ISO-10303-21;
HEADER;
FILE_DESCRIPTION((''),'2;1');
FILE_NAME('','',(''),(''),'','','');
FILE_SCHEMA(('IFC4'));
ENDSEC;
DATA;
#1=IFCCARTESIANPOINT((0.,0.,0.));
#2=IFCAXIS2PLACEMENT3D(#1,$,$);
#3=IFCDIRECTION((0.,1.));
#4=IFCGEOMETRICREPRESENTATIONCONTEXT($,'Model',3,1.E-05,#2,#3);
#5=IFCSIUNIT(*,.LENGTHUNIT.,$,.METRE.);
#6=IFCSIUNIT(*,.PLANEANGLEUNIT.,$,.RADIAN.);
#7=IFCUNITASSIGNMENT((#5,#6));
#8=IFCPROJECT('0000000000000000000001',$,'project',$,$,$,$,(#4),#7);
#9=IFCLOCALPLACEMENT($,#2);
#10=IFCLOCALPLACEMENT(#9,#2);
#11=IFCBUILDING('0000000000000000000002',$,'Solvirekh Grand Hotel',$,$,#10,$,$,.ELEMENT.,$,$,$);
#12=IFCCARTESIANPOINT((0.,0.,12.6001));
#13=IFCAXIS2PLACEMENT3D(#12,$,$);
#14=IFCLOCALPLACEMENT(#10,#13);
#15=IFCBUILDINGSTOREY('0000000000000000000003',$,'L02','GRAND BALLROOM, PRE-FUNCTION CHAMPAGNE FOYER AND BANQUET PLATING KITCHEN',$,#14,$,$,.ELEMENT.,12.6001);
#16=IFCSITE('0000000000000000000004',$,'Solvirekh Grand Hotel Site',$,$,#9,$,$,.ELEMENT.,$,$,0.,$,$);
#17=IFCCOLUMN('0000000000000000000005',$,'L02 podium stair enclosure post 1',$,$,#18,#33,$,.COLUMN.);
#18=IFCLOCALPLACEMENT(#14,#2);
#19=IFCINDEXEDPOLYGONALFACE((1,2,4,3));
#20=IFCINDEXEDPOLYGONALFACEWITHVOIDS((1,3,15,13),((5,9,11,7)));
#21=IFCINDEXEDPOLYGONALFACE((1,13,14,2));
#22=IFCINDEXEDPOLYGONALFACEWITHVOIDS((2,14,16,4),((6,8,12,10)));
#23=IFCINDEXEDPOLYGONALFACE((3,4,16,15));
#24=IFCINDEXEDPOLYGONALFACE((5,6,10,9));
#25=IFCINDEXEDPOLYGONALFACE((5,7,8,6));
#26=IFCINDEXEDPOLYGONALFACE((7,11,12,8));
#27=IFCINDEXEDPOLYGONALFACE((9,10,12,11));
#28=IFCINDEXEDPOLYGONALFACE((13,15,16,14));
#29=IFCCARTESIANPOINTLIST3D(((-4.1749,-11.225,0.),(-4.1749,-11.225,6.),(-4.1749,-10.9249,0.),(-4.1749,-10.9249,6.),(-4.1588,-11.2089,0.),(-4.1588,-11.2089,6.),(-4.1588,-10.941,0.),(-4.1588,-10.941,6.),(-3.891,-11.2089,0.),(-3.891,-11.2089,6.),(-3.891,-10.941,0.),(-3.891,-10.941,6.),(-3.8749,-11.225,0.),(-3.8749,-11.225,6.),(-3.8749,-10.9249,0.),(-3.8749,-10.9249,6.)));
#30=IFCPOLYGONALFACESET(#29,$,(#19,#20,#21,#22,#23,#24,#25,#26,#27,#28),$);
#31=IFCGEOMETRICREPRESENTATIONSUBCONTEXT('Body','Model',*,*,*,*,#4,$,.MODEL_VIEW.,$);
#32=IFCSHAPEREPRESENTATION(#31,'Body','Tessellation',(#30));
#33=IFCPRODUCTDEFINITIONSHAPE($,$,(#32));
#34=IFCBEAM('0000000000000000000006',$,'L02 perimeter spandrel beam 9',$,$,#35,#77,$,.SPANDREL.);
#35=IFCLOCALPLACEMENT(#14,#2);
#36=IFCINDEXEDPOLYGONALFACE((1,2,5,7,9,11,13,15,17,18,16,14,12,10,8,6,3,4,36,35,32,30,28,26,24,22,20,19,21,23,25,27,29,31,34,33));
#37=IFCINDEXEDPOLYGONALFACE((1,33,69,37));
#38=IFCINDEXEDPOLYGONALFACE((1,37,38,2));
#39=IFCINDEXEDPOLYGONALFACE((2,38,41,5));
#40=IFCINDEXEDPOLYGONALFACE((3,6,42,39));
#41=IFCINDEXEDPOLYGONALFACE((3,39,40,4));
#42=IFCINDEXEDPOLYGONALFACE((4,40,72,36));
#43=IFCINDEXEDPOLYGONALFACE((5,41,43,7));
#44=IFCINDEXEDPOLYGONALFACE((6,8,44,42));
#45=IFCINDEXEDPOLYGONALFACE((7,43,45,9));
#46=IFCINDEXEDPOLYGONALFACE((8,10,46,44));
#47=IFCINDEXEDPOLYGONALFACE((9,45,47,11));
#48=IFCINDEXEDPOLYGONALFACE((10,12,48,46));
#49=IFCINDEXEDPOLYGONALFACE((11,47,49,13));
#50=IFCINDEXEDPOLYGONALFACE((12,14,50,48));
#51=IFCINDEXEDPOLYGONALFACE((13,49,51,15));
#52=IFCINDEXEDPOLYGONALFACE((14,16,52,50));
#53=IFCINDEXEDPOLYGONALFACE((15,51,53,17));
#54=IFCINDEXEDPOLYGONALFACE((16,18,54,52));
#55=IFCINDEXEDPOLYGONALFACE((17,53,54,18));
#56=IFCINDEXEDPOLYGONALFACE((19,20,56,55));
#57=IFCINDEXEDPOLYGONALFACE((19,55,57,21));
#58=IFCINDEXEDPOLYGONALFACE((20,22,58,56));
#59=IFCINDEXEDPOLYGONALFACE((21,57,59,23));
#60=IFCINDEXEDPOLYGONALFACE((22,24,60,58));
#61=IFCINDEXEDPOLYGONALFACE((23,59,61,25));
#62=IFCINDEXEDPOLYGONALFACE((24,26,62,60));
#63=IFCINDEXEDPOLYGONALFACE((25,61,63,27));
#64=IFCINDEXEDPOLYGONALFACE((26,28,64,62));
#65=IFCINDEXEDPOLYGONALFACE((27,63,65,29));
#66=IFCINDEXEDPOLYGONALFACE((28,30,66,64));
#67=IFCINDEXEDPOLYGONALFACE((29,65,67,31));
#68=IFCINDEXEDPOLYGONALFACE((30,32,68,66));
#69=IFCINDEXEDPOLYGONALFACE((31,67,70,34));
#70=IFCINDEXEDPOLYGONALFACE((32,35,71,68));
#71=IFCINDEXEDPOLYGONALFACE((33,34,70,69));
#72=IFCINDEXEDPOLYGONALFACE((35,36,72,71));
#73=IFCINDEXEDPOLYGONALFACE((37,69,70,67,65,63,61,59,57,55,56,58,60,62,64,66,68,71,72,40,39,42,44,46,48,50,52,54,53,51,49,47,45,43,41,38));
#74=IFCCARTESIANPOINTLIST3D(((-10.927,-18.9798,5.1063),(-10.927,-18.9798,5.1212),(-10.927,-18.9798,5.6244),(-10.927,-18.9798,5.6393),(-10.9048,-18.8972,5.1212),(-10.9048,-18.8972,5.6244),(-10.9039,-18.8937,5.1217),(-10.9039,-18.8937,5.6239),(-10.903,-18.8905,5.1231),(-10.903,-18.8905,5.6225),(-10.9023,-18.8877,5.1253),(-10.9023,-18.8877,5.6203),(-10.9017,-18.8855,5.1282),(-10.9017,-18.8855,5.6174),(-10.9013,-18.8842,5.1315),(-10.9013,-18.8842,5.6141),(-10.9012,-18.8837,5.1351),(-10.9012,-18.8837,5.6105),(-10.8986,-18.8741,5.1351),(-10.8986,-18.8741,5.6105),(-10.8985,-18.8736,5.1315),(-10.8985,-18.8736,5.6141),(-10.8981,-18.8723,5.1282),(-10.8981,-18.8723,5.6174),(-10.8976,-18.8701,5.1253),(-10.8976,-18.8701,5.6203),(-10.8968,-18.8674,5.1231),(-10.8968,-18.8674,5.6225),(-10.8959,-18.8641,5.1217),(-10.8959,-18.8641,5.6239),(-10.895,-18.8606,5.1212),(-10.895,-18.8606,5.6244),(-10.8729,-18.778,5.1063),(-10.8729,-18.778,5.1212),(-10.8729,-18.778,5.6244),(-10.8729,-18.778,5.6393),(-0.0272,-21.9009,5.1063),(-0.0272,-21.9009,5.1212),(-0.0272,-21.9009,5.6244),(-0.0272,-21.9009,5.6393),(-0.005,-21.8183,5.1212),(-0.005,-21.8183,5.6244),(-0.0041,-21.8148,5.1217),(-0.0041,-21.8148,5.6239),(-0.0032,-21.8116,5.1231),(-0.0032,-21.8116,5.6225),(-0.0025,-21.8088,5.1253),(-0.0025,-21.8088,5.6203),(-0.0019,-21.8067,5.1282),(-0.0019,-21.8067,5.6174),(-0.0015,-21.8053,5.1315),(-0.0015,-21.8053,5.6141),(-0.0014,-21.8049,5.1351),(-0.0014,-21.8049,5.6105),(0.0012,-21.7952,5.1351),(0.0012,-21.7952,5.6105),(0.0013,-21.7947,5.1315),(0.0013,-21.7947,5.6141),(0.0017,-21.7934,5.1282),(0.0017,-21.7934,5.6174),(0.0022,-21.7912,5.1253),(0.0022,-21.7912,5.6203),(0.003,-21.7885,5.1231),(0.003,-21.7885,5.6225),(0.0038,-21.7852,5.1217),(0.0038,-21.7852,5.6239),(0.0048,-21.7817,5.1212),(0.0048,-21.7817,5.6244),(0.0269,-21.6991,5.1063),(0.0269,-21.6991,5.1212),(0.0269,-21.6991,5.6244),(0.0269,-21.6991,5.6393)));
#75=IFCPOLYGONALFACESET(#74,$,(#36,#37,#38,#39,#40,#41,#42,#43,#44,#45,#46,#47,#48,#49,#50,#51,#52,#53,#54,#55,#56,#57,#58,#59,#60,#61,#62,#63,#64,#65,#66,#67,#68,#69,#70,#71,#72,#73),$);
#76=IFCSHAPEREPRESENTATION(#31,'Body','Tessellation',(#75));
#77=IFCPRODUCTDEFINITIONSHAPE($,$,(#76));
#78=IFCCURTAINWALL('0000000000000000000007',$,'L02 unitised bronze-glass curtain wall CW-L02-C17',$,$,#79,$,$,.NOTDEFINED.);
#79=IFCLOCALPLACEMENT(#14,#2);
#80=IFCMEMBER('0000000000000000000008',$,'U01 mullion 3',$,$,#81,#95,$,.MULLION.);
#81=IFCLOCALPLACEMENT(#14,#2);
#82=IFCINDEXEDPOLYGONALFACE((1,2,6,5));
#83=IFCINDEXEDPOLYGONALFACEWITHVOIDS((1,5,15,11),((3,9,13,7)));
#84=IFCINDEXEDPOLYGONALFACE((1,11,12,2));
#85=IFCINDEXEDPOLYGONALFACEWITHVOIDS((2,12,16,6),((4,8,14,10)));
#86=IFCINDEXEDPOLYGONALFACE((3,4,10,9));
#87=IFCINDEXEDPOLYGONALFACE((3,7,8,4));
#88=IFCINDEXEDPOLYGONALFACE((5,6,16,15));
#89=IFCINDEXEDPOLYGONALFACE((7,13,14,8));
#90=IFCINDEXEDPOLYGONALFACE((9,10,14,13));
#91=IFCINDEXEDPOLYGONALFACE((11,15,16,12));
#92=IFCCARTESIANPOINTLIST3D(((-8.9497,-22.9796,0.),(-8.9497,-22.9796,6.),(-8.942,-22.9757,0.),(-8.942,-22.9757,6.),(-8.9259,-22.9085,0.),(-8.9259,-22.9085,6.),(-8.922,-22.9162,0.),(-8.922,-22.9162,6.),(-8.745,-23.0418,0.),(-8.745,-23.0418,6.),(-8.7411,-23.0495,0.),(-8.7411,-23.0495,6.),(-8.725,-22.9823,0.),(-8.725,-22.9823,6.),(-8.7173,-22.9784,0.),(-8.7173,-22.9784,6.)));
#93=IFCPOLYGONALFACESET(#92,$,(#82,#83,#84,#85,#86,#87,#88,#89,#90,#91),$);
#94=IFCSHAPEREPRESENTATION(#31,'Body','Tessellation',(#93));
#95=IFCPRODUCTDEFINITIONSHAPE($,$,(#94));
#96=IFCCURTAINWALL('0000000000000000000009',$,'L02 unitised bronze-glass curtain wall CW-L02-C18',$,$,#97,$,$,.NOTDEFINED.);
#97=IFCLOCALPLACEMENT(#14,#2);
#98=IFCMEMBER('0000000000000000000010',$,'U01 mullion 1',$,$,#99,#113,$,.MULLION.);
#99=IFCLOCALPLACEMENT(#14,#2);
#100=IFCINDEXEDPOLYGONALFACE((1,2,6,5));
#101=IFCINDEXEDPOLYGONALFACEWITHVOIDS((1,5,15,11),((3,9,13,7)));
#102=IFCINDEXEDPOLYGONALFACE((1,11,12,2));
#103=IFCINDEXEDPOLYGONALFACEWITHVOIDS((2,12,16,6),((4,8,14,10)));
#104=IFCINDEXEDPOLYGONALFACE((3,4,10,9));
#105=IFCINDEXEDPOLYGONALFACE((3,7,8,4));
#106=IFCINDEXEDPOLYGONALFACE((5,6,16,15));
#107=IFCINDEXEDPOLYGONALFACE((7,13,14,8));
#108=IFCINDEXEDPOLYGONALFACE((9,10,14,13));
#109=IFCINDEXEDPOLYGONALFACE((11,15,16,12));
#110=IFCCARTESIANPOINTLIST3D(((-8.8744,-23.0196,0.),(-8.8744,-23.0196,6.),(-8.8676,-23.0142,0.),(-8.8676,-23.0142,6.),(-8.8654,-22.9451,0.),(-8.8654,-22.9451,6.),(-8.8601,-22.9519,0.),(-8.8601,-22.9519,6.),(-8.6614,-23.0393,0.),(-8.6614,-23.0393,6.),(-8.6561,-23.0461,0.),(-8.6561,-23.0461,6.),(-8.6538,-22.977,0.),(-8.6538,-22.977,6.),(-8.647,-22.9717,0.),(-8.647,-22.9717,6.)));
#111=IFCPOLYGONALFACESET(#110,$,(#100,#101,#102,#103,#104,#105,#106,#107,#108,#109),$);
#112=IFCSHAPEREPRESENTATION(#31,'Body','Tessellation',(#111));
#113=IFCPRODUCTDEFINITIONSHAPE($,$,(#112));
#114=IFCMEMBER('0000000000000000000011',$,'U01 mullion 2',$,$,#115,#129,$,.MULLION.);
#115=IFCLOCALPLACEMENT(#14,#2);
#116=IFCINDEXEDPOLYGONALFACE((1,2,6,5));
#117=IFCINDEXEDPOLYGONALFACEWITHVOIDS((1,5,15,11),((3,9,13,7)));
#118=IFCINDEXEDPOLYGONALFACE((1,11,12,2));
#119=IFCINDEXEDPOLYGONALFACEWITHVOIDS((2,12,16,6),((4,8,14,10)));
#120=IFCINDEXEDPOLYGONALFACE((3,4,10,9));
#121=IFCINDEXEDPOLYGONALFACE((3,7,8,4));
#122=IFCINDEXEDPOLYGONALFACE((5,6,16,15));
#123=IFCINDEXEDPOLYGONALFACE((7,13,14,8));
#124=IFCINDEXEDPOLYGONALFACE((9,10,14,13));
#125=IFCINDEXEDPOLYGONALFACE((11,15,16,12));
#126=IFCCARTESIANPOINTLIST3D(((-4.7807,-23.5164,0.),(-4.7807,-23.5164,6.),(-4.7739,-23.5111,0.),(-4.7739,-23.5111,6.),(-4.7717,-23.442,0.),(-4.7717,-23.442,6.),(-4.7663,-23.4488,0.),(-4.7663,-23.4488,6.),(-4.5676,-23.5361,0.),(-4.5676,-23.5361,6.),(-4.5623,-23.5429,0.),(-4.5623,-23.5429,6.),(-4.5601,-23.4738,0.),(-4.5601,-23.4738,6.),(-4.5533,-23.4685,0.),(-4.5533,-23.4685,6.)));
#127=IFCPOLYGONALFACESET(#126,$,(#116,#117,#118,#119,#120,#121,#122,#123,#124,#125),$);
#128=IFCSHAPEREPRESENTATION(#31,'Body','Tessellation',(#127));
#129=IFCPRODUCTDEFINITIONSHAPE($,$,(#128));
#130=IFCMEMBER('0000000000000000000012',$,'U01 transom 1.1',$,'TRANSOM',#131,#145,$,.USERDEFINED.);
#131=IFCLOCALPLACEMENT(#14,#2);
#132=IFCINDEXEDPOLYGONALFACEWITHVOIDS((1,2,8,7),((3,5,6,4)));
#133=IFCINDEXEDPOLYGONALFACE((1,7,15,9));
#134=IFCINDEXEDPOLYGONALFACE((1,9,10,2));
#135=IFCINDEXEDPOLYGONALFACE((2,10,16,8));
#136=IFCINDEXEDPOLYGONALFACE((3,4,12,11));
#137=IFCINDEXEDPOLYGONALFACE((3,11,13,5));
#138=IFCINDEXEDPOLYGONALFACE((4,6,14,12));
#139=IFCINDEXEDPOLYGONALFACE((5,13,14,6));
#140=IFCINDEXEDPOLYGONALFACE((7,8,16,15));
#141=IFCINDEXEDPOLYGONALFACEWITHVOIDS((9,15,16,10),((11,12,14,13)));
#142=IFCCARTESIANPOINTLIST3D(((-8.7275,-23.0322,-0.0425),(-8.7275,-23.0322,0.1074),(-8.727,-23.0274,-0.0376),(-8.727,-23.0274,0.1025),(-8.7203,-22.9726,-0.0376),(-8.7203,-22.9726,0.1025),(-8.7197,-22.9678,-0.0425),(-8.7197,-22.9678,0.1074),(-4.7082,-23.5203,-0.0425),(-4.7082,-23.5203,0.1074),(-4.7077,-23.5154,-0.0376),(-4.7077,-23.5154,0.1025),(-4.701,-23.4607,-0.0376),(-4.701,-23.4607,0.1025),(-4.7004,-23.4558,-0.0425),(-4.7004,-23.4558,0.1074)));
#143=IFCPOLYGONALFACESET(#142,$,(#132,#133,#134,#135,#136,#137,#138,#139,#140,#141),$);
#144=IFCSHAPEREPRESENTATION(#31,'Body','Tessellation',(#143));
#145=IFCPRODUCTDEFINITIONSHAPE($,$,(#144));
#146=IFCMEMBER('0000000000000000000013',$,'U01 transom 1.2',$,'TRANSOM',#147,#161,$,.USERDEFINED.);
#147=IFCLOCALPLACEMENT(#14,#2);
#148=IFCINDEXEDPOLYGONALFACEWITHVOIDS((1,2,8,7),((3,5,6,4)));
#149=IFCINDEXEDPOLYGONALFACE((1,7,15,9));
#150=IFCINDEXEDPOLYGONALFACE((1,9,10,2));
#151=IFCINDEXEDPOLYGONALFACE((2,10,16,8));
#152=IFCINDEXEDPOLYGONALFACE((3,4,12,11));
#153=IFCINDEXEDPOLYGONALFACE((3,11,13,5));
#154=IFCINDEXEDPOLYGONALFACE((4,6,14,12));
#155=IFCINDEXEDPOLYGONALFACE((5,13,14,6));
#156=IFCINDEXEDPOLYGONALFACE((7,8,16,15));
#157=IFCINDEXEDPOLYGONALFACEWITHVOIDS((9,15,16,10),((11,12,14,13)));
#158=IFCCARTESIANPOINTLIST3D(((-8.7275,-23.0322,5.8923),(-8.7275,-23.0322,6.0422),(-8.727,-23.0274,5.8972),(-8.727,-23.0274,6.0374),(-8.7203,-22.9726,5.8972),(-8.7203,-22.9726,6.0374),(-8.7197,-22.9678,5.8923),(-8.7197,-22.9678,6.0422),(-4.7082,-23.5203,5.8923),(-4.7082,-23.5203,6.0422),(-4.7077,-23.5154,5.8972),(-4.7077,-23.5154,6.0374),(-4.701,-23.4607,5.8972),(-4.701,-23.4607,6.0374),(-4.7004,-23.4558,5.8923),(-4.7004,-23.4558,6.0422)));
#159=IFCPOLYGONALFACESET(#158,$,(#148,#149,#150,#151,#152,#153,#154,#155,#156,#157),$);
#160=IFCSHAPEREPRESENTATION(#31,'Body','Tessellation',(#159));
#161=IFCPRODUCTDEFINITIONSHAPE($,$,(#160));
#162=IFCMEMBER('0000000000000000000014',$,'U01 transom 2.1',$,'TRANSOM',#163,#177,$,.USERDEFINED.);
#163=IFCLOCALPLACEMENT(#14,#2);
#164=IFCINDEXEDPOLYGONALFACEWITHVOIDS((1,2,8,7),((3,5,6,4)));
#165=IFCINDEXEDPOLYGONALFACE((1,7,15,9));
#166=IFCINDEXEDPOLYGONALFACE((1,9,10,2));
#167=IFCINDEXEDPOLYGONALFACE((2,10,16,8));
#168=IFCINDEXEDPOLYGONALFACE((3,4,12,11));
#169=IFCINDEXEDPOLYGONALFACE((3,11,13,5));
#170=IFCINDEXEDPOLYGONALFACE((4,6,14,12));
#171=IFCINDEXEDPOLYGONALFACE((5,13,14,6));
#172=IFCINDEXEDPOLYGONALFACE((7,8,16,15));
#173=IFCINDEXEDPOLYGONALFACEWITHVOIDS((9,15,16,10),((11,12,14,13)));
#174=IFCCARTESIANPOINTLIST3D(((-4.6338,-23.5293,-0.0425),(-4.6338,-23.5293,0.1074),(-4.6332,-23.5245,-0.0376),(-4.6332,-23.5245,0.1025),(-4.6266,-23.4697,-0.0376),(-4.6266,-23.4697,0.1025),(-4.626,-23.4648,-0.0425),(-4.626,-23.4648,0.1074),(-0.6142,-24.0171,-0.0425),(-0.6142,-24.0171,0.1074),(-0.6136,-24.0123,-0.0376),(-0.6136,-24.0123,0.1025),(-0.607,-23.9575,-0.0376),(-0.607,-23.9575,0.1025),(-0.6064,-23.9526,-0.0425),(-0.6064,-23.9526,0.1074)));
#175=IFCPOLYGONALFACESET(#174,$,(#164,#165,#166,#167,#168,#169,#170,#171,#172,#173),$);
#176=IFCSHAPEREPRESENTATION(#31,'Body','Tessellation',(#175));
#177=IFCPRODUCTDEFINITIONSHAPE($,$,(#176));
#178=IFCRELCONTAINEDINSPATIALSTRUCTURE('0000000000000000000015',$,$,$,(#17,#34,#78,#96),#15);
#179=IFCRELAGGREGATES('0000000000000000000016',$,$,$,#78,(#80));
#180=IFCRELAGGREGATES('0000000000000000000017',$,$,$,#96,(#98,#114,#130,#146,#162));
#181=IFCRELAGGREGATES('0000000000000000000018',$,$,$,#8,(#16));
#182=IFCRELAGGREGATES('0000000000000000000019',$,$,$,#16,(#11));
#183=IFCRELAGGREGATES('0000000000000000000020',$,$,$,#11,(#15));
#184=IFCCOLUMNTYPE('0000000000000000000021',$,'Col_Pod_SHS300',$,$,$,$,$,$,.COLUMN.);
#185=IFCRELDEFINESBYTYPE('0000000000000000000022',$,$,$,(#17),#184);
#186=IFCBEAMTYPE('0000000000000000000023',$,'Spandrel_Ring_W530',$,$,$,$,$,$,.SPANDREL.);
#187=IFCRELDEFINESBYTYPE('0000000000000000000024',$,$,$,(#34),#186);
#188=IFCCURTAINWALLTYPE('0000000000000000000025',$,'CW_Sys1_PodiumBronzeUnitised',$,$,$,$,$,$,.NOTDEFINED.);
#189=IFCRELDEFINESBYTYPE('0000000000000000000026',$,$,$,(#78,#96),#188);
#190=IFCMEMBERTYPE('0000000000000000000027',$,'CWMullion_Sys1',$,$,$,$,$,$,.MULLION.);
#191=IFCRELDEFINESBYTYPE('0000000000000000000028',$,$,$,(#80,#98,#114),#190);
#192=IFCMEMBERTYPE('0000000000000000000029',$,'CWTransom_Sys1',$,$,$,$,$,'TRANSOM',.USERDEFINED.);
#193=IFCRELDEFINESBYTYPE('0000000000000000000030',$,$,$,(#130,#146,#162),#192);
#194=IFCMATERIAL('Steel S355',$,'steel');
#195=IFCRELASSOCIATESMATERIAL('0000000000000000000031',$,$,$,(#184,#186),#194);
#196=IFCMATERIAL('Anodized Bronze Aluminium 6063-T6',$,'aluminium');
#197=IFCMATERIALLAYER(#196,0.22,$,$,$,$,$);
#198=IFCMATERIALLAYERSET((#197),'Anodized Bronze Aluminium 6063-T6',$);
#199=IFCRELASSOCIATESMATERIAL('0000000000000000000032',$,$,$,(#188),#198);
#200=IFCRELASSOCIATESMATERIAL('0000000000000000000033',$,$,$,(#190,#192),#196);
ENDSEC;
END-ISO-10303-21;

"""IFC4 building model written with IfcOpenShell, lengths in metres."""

from ifc_helpers import new_model, si_unit, direction, frame, origin, origin_2d, place, context, subcontext, project, spatial, hollow_rectangle, i_section, extrude, source, transform, mapped, material, layer, layer_set, material_profile, profile_set, type_object, element, aggregate, save


model = new_model("IFC4")

# Units and contexts
model_context = context("Model", 3, precision=1e-05, world=origin(), true_north=direction((0.0, 1.0)))
body_context = subcontext(model_context, "Body", "Model", "MODEL_VIEW")
ifc_project = project(units=[si_unit("LENGTHUNIT", "METRE"), si_unit("PLANEANGLEUNIT", "RADIAN")], contexts=[model_context])

# Site, building, storey
site_placement = place(None, origin())
site = spatial("IfcSite", under=ifc_project, at=site_placement, Name="Solvirekh Grand Hotel Site", CompositionType="ELEMENT", RefElevation=0.0)
building_placement = place(site_placement, origin())
building = spatial("IfcBuilding", under=site, at=building_placement, Name="Solvirekh Grand Hotel", CompositionType="ELEMENT")
storey_placement = place(building_placement, frame((0.0, 0.0, 12.6001)))
storey = spatial("IfcBuildingStorey", under=building, at=storey_placement, Name="L02", Description="GRAND BALLROOM, PRE-FUNCTION CHAMPAGNE FOYER AND BANQUET PLATING KITCHEN", CompositionType="ELEMENT", Elevation=12.6001)

# Column
ifc_material_1 = material(Name="Steel S355", Category="steel")
ifc_material_profile_1 = material_profile(ifc_material_1, hollow_rectangle(XDim=0.3, YDim=0.3, WallThickness=0.0161, at=origin_2d()), Name="SHS 300X300X16")
ifc_profile_set_1 = profile_set([ifc_material_profile_1], Name="Steel S355")
column_type = type_object("IfcColumnType", Name="Col_Pod_SHS300", PredefinedType="COLUMN", material=ifc_profile_set_1)
column_placement = place(storey_placement, frame((-4.0249, -11.075, 0.0), z_axis=(0.0, 0.0, 1.0), x_axis=(1.0, 0.0, 0.0)))
element("IfcColumn", 1, at=column_placement, inside=storey, type_object=column_type, Name="L02 podium stair enclosure post 1", PredefinedType="COLUMN", context=body_context, shape_type="SweptSolid", body=[
    extrude(hollow_rectangle(XDim=0.3, YDim=0.3, WallThickness=0.0161, at=origin_2d()), origin(), (0.0, 0.0, 1.0), 6.0),
])

# Beam
ifc_material_profile_2 = material_profile(ifc_material_1, i_section(OverallWidth=0.209, OverallDepth=0.533, WebThickness=0.01, FlangeThickness=0.0149, FilletRadius=0.0139, at=origin_2d()), Name="W530X92")
ifc_profile_set_2 = profile_set([ifc_material_profile_2], Name="Steel S355")
beam_type = type_object("IfcBeamType", Name="Spandrel_Ring_W530", PredefinedType="SPANDREL", material=ifc_profile_set_2)
beam_placement = place(storey_placement, frame((-10.8999, -18.8789, 5.3728), z_axis=(0.965914, -0.258862, 0.0), x_axis=(0.258862, 0.965914, 0.0)))
element("IfcBeam", 2, at=beam_placement, inside=storey, type_object=beam_type, Name="L02 perimeter spandrel beam 9", PredefinedType="SPANDREL", context=body_context, shape_type="SweptSolid", body=[
    extrude(i_section(OverallWidth=0.209, OverallDepth=0.533, WebThickness=0.01, FlangeThickness=0.0149, FilletRadius=0.0139, at=origin_2d()), origin(), (0.0, 0.0, 1.0), 11.2844),
])

# Curtain wall, member
ifc_material_2 = material(Name="Anodized Bronze Aluminium 6063-T6", Category="aluminium")
ifc_layer_1 = layer(ifc_material_2, 0.22)
ifc_layer_set_1 = layer_set([ifc_layer_1], Name="Anodized Bronze Aluminium 6063-T6")
curtain_wall_type = type_object("IfcCurtainWallType", Name="CW_Sys1_PodiumBronzeUnitised", PredefinedType="NOTDEFINED", material=ifc_layer_set_1)
curtain_wall_1_placement = place(storey_placement, origin())
curtain_wall_1 = element("IfcCurtainWall", 3, at=curtain_wall_1_placement, inside=storey, type_object=curtain_wall_type, Name="L02 unitised bronze-glass curtain wall CW-L02-C17", PredefinedType="NOTDEFINED")
ifc_material_profile_3 = material_profile(ifc_material_2, hollow_rectangle(XDim=0.075, YDim=0.22, WallThickness=0.0061, at=origin_2d()), Name="ALU RHS 220X75X6")
ifc_profile_set_3 = profile_set([ifc_material_profile_3], Name="Anodized Bronze Aluminium 6063-T6")
member_type_1 = type_object("IfcMemberType", Name="CWMullion_Sys1", PredefinedType="MULLION", material=ifc_profile_set_3)
shared_shape_1 = source(origin(), body_context, "Body", "SweptSolid", [
    extrude(hollow_rectangle(XDim=0.075, YDim=0.22, WallThickness=0.0061, at=origin_2d()), origin(), (0.0, 0.0, 1.0), 6.0),
])
member_1_placement = place(storey_placement, frame((-8.8335, -22.979, 0.0), z_axis=(0.0, 0.0, 1.0), x_axis=(0.317898, 0.948125, 0.0)))
member_1 = element("IfcMember", 4, at=member_1_placement, type_object=member_type_1, Name="U01 mullion 3", PredefinedType="MULLION", context=body_context, shape_type="MappedRepresentation", body=[
    mapped(shared_shape_1, transform((0.0, 0.0, 0.0), x_axis=(1.0, 0.0, 0.0), y_axis=(0.0, 1.0, 0.0), z_axis=(0.0, 0.0, 1.0), scale=1.0)),
])

# Curtain wall, members
curtain_wall_2_placement = place(storey_placement, origin())
curtain_wall_2 = element("IfcCurtainWall", 5, at=curtain_wall_2_placement, inside=storey, type_object=curtain_wall_type, Name="L02 unitised bronze-glass curtain wall CW-L02-C18", PredefinedType="NOTDEFINED")
member_2_placement = place(storey_placement, frame((-8.7607, -22.9956, 0.0), z_axis=(0.0, 0.0, 1.0), x_axis=(0.120514, 0.992712, 0.0)))
member_2 = element("IfcMember", 6, at=member_2_placement, type_object=member_type_1, Name="U01 mullion 1", PredefinedType="MULLION", context=body_context, shape_type="MappedRepresentation", body=[
    mapped(shared_shape_1, transform((0.0, 0.0, 0.0), x_axis=(1.0, 0.0, 0.0), y_axis=(0.0, 1.0, 0.0), z_axis=(0.0, 0.0, 1.0), scale=1.0)),
])
member_3_placement = place(storey_placement, frame((-4.667, -23.4924, 0.0), z_axis=(0.0, 0.0, 1.0), x_axis=(0.120514, 0.992712, 0.0)))
member_3 = element("IfcMember", 7, at=member_3_placement, type_object=member_type_1, Name="U01 mullion 2", PredefinedType="MULLION", context=body_context, shape_type="MappedRepresentation", body=[
    mapped(shared_shape_1, transform((0.0, 0.0, 0.0), x_axis=(1.0, 0.0, 0.0), y_axis=(0.0, 1.0, 0.0), z_axis=(0.0, 0.0, 1.0), scale=1.0)),
])
ifc_material_profile_4 = material_profile(ifc_material_2, hollow_rectangle(XDim=0.0649, YDim=0.1499, WallThickness=0.0049, at=origin_2d()), Name="ALU RHS 150X65X5")
ifc_profile_set_4 = profile_set([ifc_material_profile_4], Name="Anodized Bronze Aluminium 6063-T6")
member_type_2 = type_object("IfcMemberType", Name="CWTransom_Sys1", ElementType="TRANSOM", PredefinedType="USERDEFINED", material=ifc_profile_set_4)
shared_shape_2 = source(origin(), body_context, "Body", "SweptSolid", [
    extrude(hollow_rectangle(XDim=0.0649, YDim=0.1499, WallThickness=0.0049, at=origin_2d()), origin(), (0.0, 0.0, 1.0), 4.0488),
])
member_4_placement = place(storey_placement, frame((-8.7236, -23.0, 0.0325), z_axis=(0.992709, -0.120538, 0.0), x_axis=(0.120538, 0.992709, 0.0)))
member_4 = element("IfcMember", 8, at=member_4_placement, type_object=member_type_2, Name="U01 transom 1.1", ObjectType="TRANSOM", PredefinedType="USERDEFINED", context=body_context, shape_type="MappedRepresentation", body=[
    mapped(shared_shape_2, transform((0.0, 0.0, 0.0), x_axis=(1.0, 0.0, 0.0), y_axis=(0.0, 1.0, 0.0), z_axis=(0.0, 0.0, 1.0), scale=1.0)),
])
member_5_placement = place(storey_placement, frame((-8.7236, -23.0, 5.9673), z_axis=(0.992709, -0.120538, 0.0), x_axis=(0.120538, 0.992709, 0.0)))
member_5 = element("IfcMember", 9, at=member_5_placement, type_object=member_type_2, Name="U01 transom 1.2", ObjectType="TRANSOM", PredefinedType="USERDEFINED", context=body_context, shape_type="MappedRepresentation", body=[
    mapped(shared_shape_2, transform((0.0, 0.0, 0.0), x_axis=(1.0, 0.0, 0.0), y_axis=(0.0, 1.0, 0.0), z_axis=(0.0, 0.0, 1.0), scale=1.0)),
])
shared_shape_3 = source(origin(), body_context, "Body", "SweptSolid", [
    extrude(hollow_rectangle(XDim=0.0649, YDim=0.1499, WallThickness=0.0049, at=origin_2d()), origin(), (0.0, 0.0, 1.0), 4.0491),
])
member_6_placement = place(storey_placement, frame((-4.6299, -23.4971, 0.0325), z_axis=(0.992717, -0.120472, 0.0), x_axis=(0.120472, 0.992717, 0.0)))
member_6 = element("IfcMember", 10, at=member_6_placement, type_object=member_type_2, Name="U01 transom 2.1", ObjectType="TRANSOM", PredefinedType="USERDEFINED", context=body_context, shape_type="MappedRepresentation", body=[
    mapped(shared_shape_3, transform((0.0, 0.0, 0.0), x_axis=(1.0, 0.0, 0.0), y_axis=(0.0, 1.0, 0.0), z_axis=(0.0, 0.0, 1.0), scale=1.0)),
])

aggregate(curtain_wall_1, [member_1])
aggregate(curtain_wall_2, [member_2, member_3, member_4, member_5, member_6])

save(model, "model.ifc")
